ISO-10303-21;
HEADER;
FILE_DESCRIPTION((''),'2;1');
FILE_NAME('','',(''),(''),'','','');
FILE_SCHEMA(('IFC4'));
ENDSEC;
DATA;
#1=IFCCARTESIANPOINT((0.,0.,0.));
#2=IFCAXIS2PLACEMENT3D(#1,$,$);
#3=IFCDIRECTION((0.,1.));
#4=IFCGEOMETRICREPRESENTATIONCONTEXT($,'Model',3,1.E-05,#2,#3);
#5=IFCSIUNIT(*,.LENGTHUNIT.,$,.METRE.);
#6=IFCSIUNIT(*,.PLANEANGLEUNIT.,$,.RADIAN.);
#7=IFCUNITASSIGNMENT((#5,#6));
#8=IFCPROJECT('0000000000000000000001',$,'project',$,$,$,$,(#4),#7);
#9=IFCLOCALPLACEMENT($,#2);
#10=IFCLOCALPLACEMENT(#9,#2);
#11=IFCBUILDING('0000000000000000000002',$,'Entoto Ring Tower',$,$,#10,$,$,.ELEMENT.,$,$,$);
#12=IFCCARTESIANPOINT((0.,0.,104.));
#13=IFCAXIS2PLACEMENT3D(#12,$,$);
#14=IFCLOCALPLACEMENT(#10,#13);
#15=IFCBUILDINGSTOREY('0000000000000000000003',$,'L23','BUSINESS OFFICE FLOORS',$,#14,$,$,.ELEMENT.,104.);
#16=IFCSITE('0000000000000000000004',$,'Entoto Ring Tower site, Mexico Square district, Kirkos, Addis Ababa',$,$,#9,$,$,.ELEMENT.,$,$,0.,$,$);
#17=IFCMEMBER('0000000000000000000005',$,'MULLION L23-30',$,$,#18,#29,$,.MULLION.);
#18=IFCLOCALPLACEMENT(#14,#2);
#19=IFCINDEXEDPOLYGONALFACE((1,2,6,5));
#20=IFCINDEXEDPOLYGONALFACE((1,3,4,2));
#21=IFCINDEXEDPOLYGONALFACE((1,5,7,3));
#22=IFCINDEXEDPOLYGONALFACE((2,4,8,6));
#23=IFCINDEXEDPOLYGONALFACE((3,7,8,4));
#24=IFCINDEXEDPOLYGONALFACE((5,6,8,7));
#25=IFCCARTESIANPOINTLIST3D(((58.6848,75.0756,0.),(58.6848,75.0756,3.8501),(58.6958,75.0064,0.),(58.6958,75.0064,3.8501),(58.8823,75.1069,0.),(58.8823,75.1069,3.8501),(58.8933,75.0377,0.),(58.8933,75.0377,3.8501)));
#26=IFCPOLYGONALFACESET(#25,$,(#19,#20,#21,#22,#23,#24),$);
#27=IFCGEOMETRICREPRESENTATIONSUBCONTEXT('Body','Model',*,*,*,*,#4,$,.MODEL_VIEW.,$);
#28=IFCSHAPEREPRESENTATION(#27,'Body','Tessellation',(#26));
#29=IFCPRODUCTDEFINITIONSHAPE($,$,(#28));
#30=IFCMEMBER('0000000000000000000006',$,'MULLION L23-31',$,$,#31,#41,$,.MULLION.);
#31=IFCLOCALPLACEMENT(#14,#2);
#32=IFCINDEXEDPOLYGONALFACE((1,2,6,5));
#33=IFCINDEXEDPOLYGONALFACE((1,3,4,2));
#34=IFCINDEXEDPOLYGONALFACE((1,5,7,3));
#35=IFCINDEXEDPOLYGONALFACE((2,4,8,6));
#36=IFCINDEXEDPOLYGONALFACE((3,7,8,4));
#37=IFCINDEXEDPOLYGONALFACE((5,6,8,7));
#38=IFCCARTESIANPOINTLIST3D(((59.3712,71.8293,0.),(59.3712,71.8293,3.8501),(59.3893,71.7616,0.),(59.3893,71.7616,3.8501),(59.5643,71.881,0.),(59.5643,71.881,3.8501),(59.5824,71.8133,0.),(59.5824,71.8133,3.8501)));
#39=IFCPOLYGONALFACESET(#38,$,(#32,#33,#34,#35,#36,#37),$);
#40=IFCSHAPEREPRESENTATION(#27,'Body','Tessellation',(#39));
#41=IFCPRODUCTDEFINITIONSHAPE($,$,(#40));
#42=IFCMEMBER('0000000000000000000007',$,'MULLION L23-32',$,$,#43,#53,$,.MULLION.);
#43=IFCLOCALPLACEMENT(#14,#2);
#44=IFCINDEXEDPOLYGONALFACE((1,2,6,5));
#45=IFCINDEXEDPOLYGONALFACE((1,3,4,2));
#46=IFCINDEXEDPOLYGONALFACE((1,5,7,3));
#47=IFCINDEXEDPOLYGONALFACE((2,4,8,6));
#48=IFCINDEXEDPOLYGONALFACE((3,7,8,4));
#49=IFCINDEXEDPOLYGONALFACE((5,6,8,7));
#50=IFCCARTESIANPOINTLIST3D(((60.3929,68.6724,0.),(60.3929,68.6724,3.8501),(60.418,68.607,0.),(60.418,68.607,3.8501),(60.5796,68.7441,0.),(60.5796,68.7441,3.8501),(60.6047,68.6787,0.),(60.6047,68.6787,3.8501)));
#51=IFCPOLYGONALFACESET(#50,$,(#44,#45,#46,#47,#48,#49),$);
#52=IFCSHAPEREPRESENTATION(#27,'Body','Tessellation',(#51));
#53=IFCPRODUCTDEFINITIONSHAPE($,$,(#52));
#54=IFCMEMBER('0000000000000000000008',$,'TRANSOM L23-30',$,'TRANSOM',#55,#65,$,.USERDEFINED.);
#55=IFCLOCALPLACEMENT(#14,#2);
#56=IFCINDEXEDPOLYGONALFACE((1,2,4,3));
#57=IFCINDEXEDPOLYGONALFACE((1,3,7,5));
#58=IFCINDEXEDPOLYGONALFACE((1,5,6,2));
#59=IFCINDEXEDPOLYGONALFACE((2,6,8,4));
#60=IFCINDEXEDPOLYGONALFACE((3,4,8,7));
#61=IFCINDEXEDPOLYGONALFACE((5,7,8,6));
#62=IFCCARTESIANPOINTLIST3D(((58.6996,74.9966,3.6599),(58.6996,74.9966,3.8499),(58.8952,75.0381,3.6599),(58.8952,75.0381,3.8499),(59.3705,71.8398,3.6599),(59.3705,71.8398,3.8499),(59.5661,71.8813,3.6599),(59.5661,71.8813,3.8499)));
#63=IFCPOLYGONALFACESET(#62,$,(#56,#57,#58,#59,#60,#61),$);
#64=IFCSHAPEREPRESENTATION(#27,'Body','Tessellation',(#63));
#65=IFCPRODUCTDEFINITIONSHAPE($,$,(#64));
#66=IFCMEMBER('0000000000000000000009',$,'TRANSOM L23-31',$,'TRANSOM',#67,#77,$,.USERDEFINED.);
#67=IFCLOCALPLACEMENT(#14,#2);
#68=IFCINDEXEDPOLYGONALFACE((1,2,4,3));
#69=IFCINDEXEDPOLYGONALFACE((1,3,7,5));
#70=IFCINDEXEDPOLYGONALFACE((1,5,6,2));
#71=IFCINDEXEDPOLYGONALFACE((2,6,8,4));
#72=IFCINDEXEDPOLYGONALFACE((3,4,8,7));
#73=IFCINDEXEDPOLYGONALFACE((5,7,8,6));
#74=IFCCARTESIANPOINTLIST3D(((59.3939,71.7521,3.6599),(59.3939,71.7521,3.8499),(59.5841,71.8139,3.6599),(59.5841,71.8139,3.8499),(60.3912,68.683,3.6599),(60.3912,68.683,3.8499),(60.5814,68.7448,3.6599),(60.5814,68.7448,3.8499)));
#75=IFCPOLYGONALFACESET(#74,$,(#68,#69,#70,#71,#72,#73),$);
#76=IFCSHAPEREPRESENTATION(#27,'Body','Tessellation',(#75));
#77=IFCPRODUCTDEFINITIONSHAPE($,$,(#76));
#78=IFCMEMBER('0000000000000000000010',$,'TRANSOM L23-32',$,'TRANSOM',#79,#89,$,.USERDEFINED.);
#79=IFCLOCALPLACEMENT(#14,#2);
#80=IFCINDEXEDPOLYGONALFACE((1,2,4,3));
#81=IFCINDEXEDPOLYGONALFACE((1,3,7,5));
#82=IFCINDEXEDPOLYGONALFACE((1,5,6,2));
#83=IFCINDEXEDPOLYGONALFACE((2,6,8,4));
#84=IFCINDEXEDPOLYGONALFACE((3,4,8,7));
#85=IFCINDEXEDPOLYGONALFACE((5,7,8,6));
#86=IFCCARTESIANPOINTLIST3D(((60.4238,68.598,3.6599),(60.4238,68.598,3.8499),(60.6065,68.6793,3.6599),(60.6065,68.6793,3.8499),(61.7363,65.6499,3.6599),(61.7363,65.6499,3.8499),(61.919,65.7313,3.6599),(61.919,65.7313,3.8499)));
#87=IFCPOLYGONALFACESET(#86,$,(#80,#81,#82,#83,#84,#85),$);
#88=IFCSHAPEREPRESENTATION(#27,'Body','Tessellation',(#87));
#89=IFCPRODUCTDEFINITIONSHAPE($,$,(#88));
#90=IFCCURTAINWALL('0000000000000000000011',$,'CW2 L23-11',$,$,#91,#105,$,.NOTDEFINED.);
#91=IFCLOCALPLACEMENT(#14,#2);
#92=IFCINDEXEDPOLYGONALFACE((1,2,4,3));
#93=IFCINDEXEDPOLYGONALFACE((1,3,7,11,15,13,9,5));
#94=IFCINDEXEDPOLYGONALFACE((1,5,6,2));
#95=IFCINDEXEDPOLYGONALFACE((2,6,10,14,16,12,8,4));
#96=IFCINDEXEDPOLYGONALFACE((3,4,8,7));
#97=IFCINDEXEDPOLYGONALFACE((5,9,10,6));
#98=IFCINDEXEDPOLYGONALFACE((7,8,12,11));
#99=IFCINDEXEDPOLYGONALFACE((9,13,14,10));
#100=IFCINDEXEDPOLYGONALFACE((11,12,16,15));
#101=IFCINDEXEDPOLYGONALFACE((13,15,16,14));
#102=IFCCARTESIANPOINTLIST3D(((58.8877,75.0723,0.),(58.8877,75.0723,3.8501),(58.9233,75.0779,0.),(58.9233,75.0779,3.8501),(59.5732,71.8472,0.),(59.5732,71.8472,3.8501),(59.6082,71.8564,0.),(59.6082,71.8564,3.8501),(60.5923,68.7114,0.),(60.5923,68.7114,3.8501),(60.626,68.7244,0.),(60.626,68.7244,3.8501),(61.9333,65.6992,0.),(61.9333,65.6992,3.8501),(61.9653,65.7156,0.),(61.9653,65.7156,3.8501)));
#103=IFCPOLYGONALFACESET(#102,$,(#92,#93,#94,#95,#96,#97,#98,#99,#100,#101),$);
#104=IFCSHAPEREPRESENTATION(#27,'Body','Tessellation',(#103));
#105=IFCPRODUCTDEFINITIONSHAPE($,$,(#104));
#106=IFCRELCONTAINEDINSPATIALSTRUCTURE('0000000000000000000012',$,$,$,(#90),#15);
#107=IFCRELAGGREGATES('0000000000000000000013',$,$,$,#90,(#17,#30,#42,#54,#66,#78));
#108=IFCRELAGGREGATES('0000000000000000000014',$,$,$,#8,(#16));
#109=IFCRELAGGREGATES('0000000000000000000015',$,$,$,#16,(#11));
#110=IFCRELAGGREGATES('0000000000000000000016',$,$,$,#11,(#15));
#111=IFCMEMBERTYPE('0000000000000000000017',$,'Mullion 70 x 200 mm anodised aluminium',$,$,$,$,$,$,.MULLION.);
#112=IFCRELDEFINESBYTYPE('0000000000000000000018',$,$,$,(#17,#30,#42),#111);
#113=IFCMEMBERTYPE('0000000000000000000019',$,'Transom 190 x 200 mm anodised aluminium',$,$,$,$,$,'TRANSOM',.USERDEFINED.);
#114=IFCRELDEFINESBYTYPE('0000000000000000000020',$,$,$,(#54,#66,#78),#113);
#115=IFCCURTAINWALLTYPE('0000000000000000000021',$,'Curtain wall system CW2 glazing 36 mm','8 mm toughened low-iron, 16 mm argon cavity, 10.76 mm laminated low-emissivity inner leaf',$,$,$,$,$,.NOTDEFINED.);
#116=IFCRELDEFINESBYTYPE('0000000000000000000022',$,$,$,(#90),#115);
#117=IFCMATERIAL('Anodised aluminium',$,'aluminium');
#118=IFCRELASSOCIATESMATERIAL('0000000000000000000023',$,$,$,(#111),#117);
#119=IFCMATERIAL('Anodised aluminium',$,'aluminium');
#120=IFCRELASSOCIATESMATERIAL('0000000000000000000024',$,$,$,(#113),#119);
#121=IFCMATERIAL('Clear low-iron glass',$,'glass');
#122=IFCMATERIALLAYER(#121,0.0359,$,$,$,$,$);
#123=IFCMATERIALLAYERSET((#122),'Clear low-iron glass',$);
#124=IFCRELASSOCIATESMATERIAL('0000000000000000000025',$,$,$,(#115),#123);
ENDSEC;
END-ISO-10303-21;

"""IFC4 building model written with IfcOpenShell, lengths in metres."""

from ifc_helpers import new_model, si_unit, direction, frame, origin, origin_2d, place, context, subcontext, project, spatial, polyline, rectangle, outline, extrude, material, layer, layer_set, material_profile, profile_set, type_object, element, aggregate, save


model = new_model("IFC4")

# Units and contexts
model_context = context("Model", 3, precision=1e-05, world=origin(), true_north=direction((0.0, 1.0)))
body_context = subcontext(model_context, "Body", "Model", "MODEL_VIEW")
ifc_project = project(units=[si_unit("LENGTHUNIT", "METRE"), si_unit("PLANEANGLEUNIT", "RADIAN")], contexts=[model_context])

# Members
ifc_material_1 = material(Name="Anodised aluminium", Category="aluminium")
ifc_material_profile_1 = material_profile(ifc_material_1, rectangle(XDim=0.0701, YDim=0.2, at=origin_2d()), Name="Mullion 70 x 200 mm anodised aluminium")
ifc_profile_set_1 = profile_set([ifc_material_profile_1], Name="Anodised aluminium")
member_type_1 = type_object("IfcMemberType", Name="Mullion 70 x 200 mm anodised aluminium", PredefinedType="MULLION", material=ifc_profile_set_1)
site_placement = place(None, origin())
building_placement = place(site_placement, origin())
storey_placement = place(building_placement, frame((0.0, 0.0, 104.0)))
member_1_placement = place(storey_placement, frame((58.7891, 75.0566, 0.0), z_axis=(0.0, 0.0, 1.0), x_axis=(0.156434, -0.987688, 0.0)))
member_1 = element("IfcMember", 1, at=member_1_placement, type_object=member_type_1, Name="MULLION L23-30", PredefinedType="MULLION", context=body_context, shape_type="SweptSolid", body=[
    extrude(rectangle(XDim=0.0701, YDim=0.2, at=origin_2d()), origin(), (0.0, 0.0, 1.0), 3.8501),
])
member_2_placement = place(storey_placement, frame((59.4768, 71.8213, 0.0), z_axis=(0.0, 0.0, 1.0), x_axis=(0.258819, -0.965926, 0.0)))
member_2 = element("IfcMember", 2, at=member_2_placement, type_object=member_type_1, Name="MULLION L23-31", PredefinedType="MULLION", context=body_context, shape_type="SweptSolid", body=[
    extrude(rectangle(XDim=0.0701, YDim=0.2, at=origin_2d()), origin(), (0.0, 0.0, 1.0), 3.8501),
])
member_3_placement = place(storey_placement, frame((60.4988, 68.6755, 0.0), z_axis=(0.0, 0.0, 1.0), x_axis=(0.358368, -0.93358, 0.0)))
member_3 = element("IfcMember", 3, at=member_3_placement, type_object=member_type_1, Name="MULLION L23-32", PredefinedType="MULLION", context=body_context, shape_type="SweptSolid", body=[
    extrude(rectangle(XDim=0.0701, YDim=0.2, at=origin_2d()), origin(), (0.0, 0.0, 1.0), 3.8501),
])
ifc_material_2 = material(Name="Anodised aluminium", Category="aluminium")
ifc_material_profile_2 = material_profile(ifc_material_2, rectangle(XDim=0.2, YDim=0.1899, at=origin_2d()), Name="Transom 190 x 200 mm anodised aluminium")
ifc_profile_set_2 = profile_set([ifc_material_profile_2], Name="Anodised aluminium")
member_type_2 = type_object("IfcMemberType", Name="Transom 190 x 200 mm anodised aluminium", ElementType="TRANSOM", PredefinedType="USERDEFINED", material=ifc_profile_set_2)
member_4_placement = place(storey_placement, frame((58.7974, 75.0173, 3.7549), z_axis=(0.207886, -0.978153, 0.0), x_axis=(0.978153, 0.207886, 0.0)))
member_4 = element("IfcMember", 4, at=member_4_placement, type_object=member_type_2, Name="TRANSOM L23-30", ObjectType="TRANSOM", PredefinedType="USERDEFINED", context=body_context, shape_type="SweptSolid", body=[
    extrude(rectangle(XDim=0.2, YDim=0.1899, at=origin_2d()), origin(), (0.0, 0.0, 1.0), 3.2273),
])
member_5_placement = place(storey_placement, frame((59.489, 71.783, 3.7549), z_axis=(0.309047, -0.951047, 0.0), x_axis=(0.951047, 0.309047, 0.0)))
member_5 = element("IfcMember", 5, at=member_5_placement, type_object=member_type_2, Name="TRANSOM L23-31", ObjectType="TRANSOM", PredefinedType="USERDEFINED", context=body_context, shape_type="SweptSolid", body=[
    extrude(rectangle(XDim=0.2, YDim=0.1899, at=origin_2d()), origin(), (0.0, 0.0, 1.0), 3.2271),
])
member_6_placement = place(storey_placement, frame((60.5151, 68.6387, 3.7549), z_axis=(0.406728, -0.913549, 0.0), x_axis=(0.913549, 0.406728, 0.0)))
member_6 = element("IfcMember", 6, at=member_6_placement, type_object=member_type_2, Name="TRANSOM L23-32", ObjectType="TRANSOM", PredefinedType="USERDEFINED", context=body_context, shape_type="SweptSolid", body=[
    extrude(rectangle(XDim=0.2, YDim=0.1899, at=origin_2d()), origin(), (0.0, 0.0, 1.0), 3.2271),
])

# Site, building, storey
site = spatial("IfcSite", under=ifc_project, at=site_placement, Name="Entoto Ring Tower site, Mexico Square district, Kirkos, Addis Ababa", CompositionType="ELEMENT", RefElevation=0.0)
building = spatial("IfcBuilding", under=site, at=building_placement, Name="Entoto Ring Tower", CompositionType="ELEMENT")
storey = spatial("IfcBuildingStorey", under=building, at=storey_placement, Name="L23", Description="BUSINESS OFFICE FLOORS", CompositionType="ELEMENT", Elevation=104.0)

# Curtain wall
ifc_material_3 = material(Name="Clear low-iron glass", Category="glass")
ifc_layer = layer(ifc_material_3, 0.0359)
ifc_layer_set = layer_set([ifc_layer], Name="Clear low-iron glass")
curtain_wall_type = type_object("IfcCurtainWallType", Name="Curtain wall system CW2 glazing 36 mm", Description="8 mm toughened low-iron, 16 mm argon cavity, 10.76 mm laminated low-emissivity inner leaf", PredefinedType="NOTDEFINED", material=ifc_layer_set)
curtain_wall_1_placement = place(storey_placement, origin())
curtain_wall_1 = element("IfcCurtainWall", 7, at=curtain_wall_1_placement, inside=storey, type_object=curtain_wall_type, Name="CW2 L23-11", PredefinedType="NOTDEFINED", context=body_context, shape_type="SweptSolid", body=[
    extrude(outline(polyline([(58.8877, 75.0723), (59.5732, 71.8472), (60.5923, 68.7114), (61.9333, 65.6992), (61.9653, 65.7156), (60.626, 68.7244), (59.6082, 71.8564), (58.9233, 75.0779), (58.8877, 75.0723)])), origin(), (0.0, 0.0, 1.0), 3.8501),
])
aggregate(curtain_wall_1, [member_1, member_2, member_3, member_4, member_5, member_6])

save(model, "model.ifc")
